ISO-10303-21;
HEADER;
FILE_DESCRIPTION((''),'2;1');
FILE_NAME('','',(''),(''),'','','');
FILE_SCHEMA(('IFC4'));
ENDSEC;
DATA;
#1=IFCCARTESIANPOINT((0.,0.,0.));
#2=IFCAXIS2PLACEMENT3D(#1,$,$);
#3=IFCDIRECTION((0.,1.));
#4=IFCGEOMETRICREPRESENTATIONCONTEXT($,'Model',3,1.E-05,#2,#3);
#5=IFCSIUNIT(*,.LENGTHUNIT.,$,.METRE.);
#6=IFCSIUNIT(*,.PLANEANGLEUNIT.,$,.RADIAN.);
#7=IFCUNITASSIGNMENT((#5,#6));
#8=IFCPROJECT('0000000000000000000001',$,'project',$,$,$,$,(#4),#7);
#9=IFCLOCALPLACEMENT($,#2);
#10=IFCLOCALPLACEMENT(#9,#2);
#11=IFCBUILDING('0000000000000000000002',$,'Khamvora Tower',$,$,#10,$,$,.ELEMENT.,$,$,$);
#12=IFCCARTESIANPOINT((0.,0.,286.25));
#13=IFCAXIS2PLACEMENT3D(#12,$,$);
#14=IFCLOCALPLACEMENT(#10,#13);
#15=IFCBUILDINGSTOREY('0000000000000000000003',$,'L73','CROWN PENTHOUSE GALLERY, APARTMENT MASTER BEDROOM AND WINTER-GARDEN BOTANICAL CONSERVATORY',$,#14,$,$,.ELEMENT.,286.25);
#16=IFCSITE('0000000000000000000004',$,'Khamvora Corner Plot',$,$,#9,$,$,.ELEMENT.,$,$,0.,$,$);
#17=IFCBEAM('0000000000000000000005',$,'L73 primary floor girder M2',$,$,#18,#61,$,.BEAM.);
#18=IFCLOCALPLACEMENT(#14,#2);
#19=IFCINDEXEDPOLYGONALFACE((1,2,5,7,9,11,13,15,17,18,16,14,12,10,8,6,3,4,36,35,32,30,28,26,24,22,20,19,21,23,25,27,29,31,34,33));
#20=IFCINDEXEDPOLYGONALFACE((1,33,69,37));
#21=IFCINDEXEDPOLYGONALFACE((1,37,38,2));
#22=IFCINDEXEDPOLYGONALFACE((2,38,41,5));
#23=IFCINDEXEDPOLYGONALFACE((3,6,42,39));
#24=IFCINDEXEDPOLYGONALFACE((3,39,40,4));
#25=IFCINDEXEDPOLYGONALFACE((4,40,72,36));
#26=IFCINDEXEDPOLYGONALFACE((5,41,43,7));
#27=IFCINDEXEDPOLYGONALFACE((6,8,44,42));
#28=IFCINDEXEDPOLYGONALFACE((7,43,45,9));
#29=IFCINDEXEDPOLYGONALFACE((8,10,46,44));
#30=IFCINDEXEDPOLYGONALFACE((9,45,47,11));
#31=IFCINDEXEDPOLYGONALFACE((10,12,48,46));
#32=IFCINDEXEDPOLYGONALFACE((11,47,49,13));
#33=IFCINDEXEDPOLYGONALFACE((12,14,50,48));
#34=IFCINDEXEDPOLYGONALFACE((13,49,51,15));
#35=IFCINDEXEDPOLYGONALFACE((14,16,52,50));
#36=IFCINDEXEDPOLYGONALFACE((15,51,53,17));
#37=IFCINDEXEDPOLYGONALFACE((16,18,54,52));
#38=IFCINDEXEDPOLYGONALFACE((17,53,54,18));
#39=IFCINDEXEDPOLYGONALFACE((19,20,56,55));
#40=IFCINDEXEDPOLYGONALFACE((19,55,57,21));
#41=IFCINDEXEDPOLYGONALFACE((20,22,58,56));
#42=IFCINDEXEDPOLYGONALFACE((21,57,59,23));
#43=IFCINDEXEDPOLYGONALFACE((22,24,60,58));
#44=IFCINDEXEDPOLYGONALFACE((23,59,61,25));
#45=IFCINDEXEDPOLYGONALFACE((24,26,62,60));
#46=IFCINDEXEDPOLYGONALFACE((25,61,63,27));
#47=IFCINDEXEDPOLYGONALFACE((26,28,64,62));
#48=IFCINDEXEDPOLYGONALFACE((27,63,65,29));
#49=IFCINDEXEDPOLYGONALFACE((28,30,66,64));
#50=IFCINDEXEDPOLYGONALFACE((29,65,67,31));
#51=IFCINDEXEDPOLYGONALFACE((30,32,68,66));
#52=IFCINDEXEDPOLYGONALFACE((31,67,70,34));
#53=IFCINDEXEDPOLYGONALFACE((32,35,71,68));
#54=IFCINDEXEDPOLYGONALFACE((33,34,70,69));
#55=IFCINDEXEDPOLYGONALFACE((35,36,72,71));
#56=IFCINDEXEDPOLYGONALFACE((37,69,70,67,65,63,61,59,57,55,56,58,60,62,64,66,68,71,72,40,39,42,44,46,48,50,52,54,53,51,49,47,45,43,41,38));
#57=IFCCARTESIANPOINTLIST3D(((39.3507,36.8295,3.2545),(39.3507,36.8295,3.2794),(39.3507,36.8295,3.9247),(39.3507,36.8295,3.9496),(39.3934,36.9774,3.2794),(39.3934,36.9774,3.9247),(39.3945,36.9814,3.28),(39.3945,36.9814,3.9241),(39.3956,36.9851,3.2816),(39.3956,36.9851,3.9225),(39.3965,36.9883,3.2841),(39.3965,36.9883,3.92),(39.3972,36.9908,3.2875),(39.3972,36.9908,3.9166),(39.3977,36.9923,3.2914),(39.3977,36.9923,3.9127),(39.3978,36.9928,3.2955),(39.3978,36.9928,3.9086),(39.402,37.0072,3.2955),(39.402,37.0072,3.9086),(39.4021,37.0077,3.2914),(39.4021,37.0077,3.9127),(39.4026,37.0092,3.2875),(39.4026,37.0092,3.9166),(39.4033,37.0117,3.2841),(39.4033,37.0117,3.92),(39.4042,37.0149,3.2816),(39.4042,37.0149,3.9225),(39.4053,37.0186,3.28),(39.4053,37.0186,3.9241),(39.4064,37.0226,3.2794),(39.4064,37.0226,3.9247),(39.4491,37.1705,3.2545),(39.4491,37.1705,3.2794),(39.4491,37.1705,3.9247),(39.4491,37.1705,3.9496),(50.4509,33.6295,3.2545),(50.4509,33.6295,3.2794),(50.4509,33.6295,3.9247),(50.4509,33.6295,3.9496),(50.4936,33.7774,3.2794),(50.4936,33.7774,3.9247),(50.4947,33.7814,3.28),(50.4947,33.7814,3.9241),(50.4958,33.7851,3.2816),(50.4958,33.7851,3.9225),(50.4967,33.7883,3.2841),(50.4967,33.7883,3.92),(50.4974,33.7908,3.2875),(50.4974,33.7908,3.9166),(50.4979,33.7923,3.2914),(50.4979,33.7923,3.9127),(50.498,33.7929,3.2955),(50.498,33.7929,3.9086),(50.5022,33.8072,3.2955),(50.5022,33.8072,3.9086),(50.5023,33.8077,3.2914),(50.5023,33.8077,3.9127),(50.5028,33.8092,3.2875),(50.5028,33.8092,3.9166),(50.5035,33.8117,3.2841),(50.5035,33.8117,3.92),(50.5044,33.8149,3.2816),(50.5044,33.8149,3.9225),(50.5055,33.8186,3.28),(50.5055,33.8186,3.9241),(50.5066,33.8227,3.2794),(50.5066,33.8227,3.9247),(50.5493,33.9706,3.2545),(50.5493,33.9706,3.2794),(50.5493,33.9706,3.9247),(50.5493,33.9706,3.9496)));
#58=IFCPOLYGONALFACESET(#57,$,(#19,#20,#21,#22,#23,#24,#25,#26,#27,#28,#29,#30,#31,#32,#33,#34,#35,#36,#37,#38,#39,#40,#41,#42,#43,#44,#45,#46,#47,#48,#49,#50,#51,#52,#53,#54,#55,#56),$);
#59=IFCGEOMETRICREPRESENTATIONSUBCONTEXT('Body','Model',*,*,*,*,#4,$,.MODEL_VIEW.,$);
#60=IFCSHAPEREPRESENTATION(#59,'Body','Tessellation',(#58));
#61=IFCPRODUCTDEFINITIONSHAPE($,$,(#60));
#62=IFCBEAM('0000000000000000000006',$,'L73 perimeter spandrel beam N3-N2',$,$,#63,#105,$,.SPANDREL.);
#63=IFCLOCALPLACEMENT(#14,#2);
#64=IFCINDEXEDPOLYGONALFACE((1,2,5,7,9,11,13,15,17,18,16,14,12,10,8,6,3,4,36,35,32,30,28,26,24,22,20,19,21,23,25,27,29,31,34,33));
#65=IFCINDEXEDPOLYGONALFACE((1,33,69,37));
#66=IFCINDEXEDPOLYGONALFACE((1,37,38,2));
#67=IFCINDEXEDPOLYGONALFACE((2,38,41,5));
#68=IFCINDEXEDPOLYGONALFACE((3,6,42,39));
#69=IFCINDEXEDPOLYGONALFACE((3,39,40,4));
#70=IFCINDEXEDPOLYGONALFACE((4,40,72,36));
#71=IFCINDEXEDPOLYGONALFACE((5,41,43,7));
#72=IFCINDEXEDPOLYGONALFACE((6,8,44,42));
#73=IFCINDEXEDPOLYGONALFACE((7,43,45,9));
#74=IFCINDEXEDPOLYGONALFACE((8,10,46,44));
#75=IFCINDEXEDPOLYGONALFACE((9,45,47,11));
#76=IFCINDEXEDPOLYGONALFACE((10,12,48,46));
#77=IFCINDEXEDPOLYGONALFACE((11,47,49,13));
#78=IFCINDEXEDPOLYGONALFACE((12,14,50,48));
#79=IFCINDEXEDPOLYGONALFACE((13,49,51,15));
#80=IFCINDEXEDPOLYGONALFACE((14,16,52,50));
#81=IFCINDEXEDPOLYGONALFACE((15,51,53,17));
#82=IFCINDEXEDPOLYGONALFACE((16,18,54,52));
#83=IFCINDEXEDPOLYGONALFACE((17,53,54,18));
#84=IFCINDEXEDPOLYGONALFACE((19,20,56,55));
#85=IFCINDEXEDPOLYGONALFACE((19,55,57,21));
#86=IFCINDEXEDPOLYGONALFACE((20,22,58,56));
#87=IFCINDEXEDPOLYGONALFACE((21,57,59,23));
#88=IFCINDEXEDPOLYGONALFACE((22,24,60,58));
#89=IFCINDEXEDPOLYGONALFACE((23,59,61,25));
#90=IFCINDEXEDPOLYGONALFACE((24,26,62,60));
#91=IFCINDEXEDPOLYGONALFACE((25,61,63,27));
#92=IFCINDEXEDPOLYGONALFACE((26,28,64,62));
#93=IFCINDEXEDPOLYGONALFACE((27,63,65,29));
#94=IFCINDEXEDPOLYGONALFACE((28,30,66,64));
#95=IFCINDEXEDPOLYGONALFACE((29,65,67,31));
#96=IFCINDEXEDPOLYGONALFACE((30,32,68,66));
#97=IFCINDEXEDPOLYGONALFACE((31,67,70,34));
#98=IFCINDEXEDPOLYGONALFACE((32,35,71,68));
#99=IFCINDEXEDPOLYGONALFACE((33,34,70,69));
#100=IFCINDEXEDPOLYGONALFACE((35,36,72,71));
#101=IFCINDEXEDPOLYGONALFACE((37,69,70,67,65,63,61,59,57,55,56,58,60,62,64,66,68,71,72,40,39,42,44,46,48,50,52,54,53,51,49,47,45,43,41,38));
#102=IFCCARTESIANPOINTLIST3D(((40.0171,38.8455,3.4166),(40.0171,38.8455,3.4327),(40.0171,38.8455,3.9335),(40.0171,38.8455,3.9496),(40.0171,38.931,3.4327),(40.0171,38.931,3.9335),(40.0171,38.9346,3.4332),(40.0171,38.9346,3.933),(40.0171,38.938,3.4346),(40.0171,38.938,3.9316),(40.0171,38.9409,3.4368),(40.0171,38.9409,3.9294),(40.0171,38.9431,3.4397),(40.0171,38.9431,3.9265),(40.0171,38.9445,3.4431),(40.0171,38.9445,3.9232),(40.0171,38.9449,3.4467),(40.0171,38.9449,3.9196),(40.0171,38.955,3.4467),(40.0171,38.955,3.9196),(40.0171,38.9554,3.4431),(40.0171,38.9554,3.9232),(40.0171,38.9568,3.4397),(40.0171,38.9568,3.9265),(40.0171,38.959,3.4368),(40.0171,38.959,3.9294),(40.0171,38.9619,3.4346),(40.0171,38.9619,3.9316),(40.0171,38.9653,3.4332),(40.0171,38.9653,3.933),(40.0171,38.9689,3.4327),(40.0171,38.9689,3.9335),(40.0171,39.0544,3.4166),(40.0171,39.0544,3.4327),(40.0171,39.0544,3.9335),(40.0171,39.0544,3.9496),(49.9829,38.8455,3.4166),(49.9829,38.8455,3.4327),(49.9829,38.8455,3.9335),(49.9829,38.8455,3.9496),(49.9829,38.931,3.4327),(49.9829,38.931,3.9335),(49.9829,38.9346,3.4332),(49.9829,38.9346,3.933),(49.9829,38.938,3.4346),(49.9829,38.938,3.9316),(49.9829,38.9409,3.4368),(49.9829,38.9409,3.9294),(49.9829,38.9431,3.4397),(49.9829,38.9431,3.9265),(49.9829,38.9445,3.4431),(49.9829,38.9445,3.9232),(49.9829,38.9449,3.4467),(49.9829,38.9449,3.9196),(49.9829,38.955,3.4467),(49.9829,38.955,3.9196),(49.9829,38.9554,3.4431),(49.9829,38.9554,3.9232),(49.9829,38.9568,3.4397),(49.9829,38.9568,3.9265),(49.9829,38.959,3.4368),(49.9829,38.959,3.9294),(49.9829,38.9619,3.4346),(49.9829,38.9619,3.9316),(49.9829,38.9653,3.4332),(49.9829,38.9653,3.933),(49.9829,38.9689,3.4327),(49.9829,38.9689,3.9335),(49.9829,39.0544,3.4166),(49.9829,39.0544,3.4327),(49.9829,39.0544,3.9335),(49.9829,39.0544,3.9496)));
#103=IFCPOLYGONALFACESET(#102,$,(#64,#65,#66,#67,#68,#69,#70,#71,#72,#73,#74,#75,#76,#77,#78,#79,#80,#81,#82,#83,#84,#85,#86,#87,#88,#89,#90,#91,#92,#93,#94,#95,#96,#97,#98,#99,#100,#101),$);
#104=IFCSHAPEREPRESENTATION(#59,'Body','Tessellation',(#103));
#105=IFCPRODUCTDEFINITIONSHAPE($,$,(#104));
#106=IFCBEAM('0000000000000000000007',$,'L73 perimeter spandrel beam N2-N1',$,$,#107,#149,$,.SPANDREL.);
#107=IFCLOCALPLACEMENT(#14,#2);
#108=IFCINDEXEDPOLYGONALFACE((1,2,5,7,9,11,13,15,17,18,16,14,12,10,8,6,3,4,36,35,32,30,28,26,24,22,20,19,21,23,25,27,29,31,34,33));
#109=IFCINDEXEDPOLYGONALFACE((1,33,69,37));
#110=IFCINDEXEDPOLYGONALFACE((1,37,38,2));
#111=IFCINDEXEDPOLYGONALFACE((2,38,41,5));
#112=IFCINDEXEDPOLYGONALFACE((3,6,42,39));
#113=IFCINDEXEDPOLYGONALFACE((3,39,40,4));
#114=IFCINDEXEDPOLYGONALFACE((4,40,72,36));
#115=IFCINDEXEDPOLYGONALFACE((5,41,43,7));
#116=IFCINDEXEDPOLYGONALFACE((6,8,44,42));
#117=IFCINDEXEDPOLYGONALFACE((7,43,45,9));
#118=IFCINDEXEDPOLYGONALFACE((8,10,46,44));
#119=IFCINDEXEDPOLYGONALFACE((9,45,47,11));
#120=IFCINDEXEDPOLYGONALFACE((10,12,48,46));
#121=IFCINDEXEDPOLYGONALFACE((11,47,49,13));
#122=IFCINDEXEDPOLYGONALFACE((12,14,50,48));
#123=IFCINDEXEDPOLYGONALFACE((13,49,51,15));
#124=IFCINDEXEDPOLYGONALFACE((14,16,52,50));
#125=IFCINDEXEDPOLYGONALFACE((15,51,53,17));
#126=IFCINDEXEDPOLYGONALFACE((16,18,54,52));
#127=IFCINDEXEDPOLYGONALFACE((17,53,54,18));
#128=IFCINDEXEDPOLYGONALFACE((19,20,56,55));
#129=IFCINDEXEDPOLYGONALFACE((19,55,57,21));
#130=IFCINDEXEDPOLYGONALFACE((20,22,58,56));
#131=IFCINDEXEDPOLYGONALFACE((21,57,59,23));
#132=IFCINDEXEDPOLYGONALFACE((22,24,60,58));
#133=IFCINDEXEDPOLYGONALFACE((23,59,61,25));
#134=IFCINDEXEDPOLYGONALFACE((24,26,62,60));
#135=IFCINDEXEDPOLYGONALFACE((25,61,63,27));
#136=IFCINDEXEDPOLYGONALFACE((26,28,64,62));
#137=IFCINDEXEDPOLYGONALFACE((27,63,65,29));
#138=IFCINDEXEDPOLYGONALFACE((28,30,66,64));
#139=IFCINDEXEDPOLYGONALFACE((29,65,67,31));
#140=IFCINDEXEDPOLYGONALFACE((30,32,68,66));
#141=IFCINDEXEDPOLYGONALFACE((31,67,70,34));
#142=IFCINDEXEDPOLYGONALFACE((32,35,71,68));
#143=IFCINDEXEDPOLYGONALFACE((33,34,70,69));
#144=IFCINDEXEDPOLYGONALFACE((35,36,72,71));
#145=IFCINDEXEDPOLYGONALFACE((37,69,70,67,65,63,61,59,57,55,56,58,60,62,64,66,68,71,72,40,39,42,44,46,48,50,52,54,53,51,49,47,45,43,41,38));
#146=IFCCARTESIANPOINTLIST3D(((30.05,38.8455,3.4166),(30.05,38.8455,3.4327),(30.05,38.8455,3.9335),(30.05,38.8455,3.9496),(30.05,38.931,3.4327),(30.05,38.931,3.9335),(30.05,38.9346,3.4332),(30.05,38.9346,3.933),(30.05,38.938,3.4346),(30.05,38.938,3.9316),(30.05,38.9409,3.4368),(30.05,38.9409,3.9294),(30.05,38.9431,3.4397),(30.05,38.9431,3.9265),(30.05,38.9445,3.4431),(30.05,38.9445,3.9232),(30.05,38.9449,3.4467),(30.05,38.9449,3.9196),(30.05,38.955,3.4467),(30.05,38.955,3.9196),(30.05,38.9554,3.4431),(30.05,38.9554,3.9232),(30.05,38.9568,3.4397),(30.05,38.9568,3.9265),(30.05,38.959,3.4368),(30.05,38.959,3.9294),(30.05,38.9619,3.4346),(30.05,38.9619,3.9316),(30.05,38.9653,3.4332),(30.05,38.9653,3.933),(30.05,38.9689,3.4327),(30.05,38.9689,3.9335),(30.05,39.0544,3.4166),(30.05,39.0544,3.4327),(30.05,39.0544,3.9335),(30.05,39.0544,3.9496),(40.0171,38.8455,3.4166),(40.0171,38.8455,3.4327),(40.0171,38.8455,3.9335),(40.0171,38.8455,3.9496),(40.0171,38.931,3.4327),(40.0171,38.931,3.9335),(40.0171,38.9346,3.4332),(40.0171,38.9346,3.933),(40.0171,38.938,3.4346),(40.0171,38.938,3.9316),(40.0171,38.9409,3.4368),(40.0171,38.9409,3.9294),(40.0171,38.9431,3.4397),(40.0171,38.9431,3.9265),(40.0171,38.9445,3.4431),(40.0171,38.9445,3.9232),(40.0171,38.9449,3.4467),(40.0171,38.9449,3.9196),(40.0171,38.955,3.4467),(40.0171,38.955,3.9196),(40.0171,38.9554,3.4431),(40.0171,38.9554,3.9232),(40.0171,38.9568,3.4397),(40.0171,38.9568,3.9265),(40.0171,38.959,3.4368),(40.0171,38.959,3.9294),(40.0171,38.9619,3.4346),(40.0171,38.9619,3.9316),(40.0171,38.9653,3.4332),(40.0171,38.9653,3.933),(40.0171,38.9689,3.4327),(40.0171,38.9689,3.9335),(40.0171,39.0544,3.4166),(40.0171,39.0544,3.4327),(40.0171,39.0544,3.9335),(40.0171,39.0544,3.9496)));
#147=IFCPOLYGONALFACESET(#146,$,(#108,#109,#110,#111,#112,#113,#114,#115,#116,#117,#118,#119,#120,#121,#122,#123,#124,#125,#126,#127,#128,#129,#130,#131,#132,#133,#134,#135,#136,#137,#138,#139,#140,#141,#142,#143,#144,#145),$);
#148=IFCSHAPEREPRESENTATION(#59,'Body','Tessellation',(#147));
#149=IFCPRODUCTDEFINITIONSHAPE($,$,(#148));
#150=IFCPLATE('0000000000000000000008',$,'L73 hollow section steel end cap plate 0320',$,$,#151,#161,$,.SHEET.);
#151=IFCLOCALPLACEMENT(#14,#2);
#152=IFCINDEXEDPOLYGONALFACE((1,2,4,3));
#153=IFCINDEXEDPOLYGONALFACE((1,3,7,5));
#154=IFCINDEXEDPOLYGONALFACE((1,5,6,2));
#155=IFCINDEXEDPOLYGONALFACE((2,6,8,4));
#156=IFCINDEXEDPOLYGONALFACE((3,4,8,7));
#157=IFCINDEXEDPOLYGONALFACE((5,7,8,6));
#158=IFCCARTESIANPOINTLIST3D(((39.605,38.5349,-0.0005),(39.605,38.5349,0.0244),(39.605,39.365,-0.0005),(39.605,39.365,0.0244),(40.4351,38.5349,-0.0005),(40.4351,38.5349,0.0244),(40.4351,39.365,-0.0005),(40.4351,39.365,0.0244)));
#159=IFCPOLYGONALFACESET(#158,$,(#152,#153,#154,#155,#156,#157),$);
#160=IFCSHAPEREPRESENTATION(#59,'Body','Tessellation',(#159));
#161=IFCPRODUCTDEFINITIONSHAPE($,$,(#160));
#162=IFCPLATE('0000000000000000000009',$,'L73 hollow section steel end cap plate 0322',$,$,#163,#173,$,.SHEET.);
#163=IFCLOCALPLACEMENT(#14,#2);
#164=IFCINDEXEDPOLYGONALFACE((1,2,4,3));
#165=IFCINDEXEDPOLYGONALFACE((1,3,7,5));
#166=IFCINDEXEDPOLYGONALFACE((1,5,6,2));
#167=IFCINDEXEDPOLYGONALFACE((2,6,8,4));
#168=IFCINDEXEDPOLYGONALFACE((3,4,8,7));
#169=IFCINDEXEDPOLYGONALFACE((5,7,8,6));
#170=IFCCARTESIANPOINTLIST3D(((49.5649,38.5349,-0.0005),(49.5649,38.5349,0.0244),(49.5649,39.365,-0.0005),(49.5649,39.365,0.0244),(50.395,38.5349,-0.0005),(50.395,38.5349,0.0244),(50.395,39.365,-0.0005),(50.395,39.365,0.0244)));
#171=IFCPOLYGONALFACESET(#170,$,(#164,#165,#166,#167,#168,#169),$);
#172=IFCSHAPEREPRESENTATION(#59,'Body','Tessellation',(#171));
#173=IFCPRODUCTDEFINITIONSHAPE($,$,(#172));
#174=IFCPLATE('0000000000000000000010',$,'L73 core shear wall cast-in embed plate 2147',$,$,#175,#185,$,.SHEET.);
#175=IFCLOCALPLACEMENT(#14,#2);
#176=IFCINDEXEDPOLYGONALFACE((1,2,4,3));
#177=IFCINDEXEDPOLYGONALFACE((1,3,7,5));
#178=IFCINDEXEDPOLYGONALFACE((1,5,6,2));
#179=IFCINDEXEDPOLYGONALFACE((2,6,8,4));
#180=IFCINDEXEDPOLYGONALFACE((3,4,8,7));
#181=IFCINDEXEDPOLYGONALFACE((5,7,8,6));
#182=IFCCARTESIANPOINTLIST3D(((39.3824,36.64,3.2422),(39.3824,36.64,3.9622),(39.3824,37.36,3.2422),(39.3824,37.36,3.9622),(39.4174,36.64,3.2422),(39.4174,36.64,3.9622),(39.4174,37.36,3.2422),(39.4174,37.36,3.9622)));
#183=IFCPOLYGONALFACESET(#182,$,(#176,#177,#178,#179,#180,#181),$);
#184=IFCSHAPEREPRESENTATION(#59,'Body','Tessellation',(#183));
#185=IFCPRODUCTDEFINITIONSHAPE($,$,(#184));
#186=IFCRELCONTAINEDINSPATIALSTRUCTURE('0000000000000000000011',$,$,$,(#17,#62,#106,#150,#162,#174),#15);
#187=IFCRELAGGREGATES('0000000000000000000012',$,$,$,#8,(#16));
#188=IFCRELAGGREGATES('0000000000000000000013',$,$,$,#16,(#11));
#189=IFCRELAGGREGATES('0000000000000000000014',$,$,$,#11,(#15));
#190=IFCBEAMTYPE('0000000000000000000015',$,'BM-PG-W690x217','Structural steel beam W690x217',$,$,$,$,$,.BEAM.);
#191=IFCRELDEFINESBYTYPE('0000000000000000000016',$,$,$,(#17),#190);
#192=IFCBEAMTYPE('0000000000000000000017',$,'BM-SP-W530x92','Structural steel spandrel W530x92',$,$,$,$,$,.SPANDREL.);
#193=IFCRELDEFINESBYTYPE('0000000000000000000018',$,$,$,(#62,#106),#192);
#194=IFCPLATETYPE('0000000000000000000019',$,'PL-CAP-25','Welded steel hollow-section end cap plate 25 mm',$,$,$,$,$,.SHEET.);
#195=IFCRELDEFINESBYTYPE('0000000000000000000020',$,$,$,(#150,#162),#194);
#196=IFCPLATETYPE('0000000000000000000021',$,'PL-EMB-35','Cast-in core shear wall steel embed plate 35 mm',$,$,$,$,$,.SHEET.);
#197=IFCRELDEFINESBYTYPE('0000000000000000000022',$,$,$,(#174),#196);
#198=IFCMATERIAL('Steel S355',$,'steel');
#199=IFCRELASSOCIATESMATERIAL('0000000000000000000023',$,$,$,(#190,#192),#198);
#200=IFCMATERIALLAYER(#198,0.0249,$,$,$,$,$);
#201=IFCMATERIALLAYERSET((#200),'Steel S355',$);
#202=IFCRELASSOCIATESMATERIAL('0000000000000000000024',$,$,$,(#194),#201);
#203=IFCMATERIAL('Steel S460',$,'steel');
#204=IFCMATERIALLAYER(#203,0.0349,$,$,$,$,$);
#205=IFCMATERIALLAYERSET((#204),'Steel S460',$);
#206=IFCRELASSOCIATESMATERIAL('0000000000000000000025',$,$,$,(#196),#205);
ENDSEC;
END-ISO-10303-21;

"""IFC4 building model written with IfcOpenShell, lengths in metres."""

from ifc_helpers import new_model, si_unit, direction, frame, origin, origin_2d, place, context, subcontext, project, spatial, rectangle, i_section, extrude, material, layer, layer_set, material_profile, profile_set, type_object, element, save


model = new_model("IFC4")

# Units and contexts
model_context = context("Model", 3, precision=1e-05, world=origin(), true_north=direction((0.0, 1.0)))
body_context = subcontext(model_context, "Body", "Model", "MODEL_VIEW")
ifc_project = project(units=[si_unit("LENGTHUNIT", "METRE"), si_unit("PLANEANGLEUNIT", "RADIAN")], contexts=[model_context])

# Site, building, storey
site_placement = place(None, origin())
site = spatial("IfcSite", under=ifc_project, at=site_placement, Name="Khamvora Corner Plot", CompositionType="ELEMENT", RefElevation=0.0)
building_placement = place(site_placement, origin())
building = spatial("IfcBuilding", under=site, at=building_placement, Name="Khamvora Tower", CompositionType="ELEMENT")
storey_placement = place(building_placement, frame((0.0, 0.0, 286.25)))
storey = spatial("IfcBuildingStorey", under=building, at=storey_placement, Name="L73", Description="CROWN PENTHOUSE GALLERY, APARTMENT MASTER BEDROOM AND WINTER-GARDEN BOTANICAL CONSERVATORY", CompositionType="ELEMENT", Elevation=286.25)

# Shared definitions
ifc_material_1 = material(Name="Steel S355", Category="steel")

# Beams
ifc_material_profile_1 = material_profile(ifc_material_1, i_section(OverallWidth=0.355, OverallDepth=0.6951, WebThickness=0.0149, FlangeThickness=0.0249, FilletRadius=0.0161, at=origin_2d()), Name="W690x217")
ifc_profile_set_1 = profile_set([ifc_material_profile_1], Name="Steel S355")
beam_type_1 = type_object("IfcBeamType", Name="BM-PG-W690x217", Description="Structural steel beam W690x217", PredefinedType="BEAM", material=ifc_profile_set_1)
beam_1_placement = place(storey_placement, frame((39.3999, 37.0, 3.6021), z_axis=(0.96087, -0.277001, 0.0), x_axis=(0.277001, 0.96087, 0.0)))
element("IfcBeam", 1, at=beam_1_placement, inside=storey, type_object=beam_type_1, Name="L73 primary floor girder M2", PredefinedType="BEAM", context=body_context, shape_type="SweptSolid", body=[
    extrude(i_section(OverallWidth=0.355, OverallDepth=0.6951, WebThickness=0.0149, FlangeThickness=0.0249, FilletRadius=0.0161, at=origin_2d()), origin(), (0.0, 0.0, 1.0), 11.5522),
])
ifc_material_profile_2 = material_profile(ifc_material_1, i_section(OverallWidth=0.209, OverallDepth=0.533, WebThickness=0.01, FlangeThickness=0.0161, FilletRadius=0.0139, at=origin_2d()), Name="W530x92")
ifc_profile_set_2 = profile_set([ifc_material_profile_2], Name="Steel S355")
beam_type_2 = type_object("IfcBeamType", Name="BM-SP-W530x92", Description="Structural steel spandrel W530x92", PredefinedType="SPANDREL", material=ifc_profile_set_2)
beam_2_placement = place(storey_placement, frame((49.9829, 38.95, 3.6831), z_axis=(-1.0, 0.0, 0.0), x_axis=(0.0, -1.0, 0.0)))
element("IfcBeam", 2, at=beam_2_placement, inside=storey, type_object=beam_type_2, Name="L73 perimeter spandrel beam N3-N2", PredefinedType="SPANDREL", context=body_context, shape_type="SweptSolid", body=[
    extrude(i_section(OverallWidth=0.209, OverallDepth=0.533, WebThickness=0.01, FlangeThickness=0.0161, FilletRadius=0.0139, at=origin_2d()), origin(), (0.0, 0.0, 1.0), 9.9658),
])
beam_3_placement = place(storey_placement, frame((40.0171, 38.95, 3.6831), z_axis=(-1.0, 0.0, 0.0), x_axis=(0.0, -1.0, 0.0)))
element("IfcBeam", 3, at=beam_3_placement, inside=storey, type_object=beam_type_2, Name="L73 perimeter spandrel beam N2-N1", PredefinedType="SPANDREL", context=body_context, shape_type="SweptSolid", body=[
    extrude(i_section(OverallWidth=0.209, OverallDepth=0.533, WebThickness=0.01, FlangeThickness=0.0161, FilletRadius=0.0139, at=origin_2d()), origin(), (0.0, 0.0, 1.0), 9.967),
])

# Plates
ifc_layer_1 = layer(ifc_material_1, 0.0249)
ifc_layer_set_1 = layer_set([ifc_layer_1], Name="Steel S355")
plate_type_1 = type_object("IfcPlateType", Name="PL-CAP-25", Description="Welded steel hollow-section end cap plate 25 mm", PredefinedType="SHEET", material=ifc_layer_set_1)
for number, where, z_axis, x_axis, name in (
    (4, (40.02, 38.95, -0.0005), (0.0, 0.0, 1.0), (1.0, 0.0, 0.0), "L73 hollow section steel end cap plate 0320"),
    (5, (49.98, 38.95, -0.0005), (0.0, 0.0, 1.0), (1.0, 0.0, 0.0), "L73 hollow section steel end cap plate 0322"),
):
    element("IfcPlate", number, at=place(storey_placement, frame(where, z_axis=z_axis, x_axis=x_axis)), inside=storey, type_object=plate_type_1, Name=name, PredefinedType="SHEET", context=body_context, shape_type="SweptSolid", body=[
        extrude(rectangle(XDim=0.8301, YDim=0.8301, at=origin_2d()), origin(), (0.0, 0.0, 1.0), 0.0249),
    ])
ifc_material_2 = material(Name="Steel S460", Category="steel")
ifc_layer_2 = layer(ifc_material_2, 0.0349)
ifc_layer_set_2 = layer_set([ifc_layer_2], Name="Steel S460")
plate_type_2 = type_object("IfcPlateType", Name="PL-EMB-35", Description="Cast-in core shear wall steel embed plate 35 mm", PredefinedType="SHEET", material=ifc_layer_set_2)
plate_placement = place(storey_placement, frame((39.3999, 37.0, 3.2422), z_axis=(0.0, 0.0, 1.0), x_axis=(1.0, 0.0, 0.0)))
element("IfcPlate", 6, at=plate_placement, inside=storey, type_object=plate_type_2, Name="L73 core shear wall cast-in embed plate 2147", PredefinedType="SHEET", context=body_context, shape_type="SweptSolid", body=[
    extrude(rectangle(XDim=0.0349, YDim=0.72, at=origin_2d()), origin(), (0.0, 0.0, 1.0), 0.72),
])

save(model, "model.ifc")
